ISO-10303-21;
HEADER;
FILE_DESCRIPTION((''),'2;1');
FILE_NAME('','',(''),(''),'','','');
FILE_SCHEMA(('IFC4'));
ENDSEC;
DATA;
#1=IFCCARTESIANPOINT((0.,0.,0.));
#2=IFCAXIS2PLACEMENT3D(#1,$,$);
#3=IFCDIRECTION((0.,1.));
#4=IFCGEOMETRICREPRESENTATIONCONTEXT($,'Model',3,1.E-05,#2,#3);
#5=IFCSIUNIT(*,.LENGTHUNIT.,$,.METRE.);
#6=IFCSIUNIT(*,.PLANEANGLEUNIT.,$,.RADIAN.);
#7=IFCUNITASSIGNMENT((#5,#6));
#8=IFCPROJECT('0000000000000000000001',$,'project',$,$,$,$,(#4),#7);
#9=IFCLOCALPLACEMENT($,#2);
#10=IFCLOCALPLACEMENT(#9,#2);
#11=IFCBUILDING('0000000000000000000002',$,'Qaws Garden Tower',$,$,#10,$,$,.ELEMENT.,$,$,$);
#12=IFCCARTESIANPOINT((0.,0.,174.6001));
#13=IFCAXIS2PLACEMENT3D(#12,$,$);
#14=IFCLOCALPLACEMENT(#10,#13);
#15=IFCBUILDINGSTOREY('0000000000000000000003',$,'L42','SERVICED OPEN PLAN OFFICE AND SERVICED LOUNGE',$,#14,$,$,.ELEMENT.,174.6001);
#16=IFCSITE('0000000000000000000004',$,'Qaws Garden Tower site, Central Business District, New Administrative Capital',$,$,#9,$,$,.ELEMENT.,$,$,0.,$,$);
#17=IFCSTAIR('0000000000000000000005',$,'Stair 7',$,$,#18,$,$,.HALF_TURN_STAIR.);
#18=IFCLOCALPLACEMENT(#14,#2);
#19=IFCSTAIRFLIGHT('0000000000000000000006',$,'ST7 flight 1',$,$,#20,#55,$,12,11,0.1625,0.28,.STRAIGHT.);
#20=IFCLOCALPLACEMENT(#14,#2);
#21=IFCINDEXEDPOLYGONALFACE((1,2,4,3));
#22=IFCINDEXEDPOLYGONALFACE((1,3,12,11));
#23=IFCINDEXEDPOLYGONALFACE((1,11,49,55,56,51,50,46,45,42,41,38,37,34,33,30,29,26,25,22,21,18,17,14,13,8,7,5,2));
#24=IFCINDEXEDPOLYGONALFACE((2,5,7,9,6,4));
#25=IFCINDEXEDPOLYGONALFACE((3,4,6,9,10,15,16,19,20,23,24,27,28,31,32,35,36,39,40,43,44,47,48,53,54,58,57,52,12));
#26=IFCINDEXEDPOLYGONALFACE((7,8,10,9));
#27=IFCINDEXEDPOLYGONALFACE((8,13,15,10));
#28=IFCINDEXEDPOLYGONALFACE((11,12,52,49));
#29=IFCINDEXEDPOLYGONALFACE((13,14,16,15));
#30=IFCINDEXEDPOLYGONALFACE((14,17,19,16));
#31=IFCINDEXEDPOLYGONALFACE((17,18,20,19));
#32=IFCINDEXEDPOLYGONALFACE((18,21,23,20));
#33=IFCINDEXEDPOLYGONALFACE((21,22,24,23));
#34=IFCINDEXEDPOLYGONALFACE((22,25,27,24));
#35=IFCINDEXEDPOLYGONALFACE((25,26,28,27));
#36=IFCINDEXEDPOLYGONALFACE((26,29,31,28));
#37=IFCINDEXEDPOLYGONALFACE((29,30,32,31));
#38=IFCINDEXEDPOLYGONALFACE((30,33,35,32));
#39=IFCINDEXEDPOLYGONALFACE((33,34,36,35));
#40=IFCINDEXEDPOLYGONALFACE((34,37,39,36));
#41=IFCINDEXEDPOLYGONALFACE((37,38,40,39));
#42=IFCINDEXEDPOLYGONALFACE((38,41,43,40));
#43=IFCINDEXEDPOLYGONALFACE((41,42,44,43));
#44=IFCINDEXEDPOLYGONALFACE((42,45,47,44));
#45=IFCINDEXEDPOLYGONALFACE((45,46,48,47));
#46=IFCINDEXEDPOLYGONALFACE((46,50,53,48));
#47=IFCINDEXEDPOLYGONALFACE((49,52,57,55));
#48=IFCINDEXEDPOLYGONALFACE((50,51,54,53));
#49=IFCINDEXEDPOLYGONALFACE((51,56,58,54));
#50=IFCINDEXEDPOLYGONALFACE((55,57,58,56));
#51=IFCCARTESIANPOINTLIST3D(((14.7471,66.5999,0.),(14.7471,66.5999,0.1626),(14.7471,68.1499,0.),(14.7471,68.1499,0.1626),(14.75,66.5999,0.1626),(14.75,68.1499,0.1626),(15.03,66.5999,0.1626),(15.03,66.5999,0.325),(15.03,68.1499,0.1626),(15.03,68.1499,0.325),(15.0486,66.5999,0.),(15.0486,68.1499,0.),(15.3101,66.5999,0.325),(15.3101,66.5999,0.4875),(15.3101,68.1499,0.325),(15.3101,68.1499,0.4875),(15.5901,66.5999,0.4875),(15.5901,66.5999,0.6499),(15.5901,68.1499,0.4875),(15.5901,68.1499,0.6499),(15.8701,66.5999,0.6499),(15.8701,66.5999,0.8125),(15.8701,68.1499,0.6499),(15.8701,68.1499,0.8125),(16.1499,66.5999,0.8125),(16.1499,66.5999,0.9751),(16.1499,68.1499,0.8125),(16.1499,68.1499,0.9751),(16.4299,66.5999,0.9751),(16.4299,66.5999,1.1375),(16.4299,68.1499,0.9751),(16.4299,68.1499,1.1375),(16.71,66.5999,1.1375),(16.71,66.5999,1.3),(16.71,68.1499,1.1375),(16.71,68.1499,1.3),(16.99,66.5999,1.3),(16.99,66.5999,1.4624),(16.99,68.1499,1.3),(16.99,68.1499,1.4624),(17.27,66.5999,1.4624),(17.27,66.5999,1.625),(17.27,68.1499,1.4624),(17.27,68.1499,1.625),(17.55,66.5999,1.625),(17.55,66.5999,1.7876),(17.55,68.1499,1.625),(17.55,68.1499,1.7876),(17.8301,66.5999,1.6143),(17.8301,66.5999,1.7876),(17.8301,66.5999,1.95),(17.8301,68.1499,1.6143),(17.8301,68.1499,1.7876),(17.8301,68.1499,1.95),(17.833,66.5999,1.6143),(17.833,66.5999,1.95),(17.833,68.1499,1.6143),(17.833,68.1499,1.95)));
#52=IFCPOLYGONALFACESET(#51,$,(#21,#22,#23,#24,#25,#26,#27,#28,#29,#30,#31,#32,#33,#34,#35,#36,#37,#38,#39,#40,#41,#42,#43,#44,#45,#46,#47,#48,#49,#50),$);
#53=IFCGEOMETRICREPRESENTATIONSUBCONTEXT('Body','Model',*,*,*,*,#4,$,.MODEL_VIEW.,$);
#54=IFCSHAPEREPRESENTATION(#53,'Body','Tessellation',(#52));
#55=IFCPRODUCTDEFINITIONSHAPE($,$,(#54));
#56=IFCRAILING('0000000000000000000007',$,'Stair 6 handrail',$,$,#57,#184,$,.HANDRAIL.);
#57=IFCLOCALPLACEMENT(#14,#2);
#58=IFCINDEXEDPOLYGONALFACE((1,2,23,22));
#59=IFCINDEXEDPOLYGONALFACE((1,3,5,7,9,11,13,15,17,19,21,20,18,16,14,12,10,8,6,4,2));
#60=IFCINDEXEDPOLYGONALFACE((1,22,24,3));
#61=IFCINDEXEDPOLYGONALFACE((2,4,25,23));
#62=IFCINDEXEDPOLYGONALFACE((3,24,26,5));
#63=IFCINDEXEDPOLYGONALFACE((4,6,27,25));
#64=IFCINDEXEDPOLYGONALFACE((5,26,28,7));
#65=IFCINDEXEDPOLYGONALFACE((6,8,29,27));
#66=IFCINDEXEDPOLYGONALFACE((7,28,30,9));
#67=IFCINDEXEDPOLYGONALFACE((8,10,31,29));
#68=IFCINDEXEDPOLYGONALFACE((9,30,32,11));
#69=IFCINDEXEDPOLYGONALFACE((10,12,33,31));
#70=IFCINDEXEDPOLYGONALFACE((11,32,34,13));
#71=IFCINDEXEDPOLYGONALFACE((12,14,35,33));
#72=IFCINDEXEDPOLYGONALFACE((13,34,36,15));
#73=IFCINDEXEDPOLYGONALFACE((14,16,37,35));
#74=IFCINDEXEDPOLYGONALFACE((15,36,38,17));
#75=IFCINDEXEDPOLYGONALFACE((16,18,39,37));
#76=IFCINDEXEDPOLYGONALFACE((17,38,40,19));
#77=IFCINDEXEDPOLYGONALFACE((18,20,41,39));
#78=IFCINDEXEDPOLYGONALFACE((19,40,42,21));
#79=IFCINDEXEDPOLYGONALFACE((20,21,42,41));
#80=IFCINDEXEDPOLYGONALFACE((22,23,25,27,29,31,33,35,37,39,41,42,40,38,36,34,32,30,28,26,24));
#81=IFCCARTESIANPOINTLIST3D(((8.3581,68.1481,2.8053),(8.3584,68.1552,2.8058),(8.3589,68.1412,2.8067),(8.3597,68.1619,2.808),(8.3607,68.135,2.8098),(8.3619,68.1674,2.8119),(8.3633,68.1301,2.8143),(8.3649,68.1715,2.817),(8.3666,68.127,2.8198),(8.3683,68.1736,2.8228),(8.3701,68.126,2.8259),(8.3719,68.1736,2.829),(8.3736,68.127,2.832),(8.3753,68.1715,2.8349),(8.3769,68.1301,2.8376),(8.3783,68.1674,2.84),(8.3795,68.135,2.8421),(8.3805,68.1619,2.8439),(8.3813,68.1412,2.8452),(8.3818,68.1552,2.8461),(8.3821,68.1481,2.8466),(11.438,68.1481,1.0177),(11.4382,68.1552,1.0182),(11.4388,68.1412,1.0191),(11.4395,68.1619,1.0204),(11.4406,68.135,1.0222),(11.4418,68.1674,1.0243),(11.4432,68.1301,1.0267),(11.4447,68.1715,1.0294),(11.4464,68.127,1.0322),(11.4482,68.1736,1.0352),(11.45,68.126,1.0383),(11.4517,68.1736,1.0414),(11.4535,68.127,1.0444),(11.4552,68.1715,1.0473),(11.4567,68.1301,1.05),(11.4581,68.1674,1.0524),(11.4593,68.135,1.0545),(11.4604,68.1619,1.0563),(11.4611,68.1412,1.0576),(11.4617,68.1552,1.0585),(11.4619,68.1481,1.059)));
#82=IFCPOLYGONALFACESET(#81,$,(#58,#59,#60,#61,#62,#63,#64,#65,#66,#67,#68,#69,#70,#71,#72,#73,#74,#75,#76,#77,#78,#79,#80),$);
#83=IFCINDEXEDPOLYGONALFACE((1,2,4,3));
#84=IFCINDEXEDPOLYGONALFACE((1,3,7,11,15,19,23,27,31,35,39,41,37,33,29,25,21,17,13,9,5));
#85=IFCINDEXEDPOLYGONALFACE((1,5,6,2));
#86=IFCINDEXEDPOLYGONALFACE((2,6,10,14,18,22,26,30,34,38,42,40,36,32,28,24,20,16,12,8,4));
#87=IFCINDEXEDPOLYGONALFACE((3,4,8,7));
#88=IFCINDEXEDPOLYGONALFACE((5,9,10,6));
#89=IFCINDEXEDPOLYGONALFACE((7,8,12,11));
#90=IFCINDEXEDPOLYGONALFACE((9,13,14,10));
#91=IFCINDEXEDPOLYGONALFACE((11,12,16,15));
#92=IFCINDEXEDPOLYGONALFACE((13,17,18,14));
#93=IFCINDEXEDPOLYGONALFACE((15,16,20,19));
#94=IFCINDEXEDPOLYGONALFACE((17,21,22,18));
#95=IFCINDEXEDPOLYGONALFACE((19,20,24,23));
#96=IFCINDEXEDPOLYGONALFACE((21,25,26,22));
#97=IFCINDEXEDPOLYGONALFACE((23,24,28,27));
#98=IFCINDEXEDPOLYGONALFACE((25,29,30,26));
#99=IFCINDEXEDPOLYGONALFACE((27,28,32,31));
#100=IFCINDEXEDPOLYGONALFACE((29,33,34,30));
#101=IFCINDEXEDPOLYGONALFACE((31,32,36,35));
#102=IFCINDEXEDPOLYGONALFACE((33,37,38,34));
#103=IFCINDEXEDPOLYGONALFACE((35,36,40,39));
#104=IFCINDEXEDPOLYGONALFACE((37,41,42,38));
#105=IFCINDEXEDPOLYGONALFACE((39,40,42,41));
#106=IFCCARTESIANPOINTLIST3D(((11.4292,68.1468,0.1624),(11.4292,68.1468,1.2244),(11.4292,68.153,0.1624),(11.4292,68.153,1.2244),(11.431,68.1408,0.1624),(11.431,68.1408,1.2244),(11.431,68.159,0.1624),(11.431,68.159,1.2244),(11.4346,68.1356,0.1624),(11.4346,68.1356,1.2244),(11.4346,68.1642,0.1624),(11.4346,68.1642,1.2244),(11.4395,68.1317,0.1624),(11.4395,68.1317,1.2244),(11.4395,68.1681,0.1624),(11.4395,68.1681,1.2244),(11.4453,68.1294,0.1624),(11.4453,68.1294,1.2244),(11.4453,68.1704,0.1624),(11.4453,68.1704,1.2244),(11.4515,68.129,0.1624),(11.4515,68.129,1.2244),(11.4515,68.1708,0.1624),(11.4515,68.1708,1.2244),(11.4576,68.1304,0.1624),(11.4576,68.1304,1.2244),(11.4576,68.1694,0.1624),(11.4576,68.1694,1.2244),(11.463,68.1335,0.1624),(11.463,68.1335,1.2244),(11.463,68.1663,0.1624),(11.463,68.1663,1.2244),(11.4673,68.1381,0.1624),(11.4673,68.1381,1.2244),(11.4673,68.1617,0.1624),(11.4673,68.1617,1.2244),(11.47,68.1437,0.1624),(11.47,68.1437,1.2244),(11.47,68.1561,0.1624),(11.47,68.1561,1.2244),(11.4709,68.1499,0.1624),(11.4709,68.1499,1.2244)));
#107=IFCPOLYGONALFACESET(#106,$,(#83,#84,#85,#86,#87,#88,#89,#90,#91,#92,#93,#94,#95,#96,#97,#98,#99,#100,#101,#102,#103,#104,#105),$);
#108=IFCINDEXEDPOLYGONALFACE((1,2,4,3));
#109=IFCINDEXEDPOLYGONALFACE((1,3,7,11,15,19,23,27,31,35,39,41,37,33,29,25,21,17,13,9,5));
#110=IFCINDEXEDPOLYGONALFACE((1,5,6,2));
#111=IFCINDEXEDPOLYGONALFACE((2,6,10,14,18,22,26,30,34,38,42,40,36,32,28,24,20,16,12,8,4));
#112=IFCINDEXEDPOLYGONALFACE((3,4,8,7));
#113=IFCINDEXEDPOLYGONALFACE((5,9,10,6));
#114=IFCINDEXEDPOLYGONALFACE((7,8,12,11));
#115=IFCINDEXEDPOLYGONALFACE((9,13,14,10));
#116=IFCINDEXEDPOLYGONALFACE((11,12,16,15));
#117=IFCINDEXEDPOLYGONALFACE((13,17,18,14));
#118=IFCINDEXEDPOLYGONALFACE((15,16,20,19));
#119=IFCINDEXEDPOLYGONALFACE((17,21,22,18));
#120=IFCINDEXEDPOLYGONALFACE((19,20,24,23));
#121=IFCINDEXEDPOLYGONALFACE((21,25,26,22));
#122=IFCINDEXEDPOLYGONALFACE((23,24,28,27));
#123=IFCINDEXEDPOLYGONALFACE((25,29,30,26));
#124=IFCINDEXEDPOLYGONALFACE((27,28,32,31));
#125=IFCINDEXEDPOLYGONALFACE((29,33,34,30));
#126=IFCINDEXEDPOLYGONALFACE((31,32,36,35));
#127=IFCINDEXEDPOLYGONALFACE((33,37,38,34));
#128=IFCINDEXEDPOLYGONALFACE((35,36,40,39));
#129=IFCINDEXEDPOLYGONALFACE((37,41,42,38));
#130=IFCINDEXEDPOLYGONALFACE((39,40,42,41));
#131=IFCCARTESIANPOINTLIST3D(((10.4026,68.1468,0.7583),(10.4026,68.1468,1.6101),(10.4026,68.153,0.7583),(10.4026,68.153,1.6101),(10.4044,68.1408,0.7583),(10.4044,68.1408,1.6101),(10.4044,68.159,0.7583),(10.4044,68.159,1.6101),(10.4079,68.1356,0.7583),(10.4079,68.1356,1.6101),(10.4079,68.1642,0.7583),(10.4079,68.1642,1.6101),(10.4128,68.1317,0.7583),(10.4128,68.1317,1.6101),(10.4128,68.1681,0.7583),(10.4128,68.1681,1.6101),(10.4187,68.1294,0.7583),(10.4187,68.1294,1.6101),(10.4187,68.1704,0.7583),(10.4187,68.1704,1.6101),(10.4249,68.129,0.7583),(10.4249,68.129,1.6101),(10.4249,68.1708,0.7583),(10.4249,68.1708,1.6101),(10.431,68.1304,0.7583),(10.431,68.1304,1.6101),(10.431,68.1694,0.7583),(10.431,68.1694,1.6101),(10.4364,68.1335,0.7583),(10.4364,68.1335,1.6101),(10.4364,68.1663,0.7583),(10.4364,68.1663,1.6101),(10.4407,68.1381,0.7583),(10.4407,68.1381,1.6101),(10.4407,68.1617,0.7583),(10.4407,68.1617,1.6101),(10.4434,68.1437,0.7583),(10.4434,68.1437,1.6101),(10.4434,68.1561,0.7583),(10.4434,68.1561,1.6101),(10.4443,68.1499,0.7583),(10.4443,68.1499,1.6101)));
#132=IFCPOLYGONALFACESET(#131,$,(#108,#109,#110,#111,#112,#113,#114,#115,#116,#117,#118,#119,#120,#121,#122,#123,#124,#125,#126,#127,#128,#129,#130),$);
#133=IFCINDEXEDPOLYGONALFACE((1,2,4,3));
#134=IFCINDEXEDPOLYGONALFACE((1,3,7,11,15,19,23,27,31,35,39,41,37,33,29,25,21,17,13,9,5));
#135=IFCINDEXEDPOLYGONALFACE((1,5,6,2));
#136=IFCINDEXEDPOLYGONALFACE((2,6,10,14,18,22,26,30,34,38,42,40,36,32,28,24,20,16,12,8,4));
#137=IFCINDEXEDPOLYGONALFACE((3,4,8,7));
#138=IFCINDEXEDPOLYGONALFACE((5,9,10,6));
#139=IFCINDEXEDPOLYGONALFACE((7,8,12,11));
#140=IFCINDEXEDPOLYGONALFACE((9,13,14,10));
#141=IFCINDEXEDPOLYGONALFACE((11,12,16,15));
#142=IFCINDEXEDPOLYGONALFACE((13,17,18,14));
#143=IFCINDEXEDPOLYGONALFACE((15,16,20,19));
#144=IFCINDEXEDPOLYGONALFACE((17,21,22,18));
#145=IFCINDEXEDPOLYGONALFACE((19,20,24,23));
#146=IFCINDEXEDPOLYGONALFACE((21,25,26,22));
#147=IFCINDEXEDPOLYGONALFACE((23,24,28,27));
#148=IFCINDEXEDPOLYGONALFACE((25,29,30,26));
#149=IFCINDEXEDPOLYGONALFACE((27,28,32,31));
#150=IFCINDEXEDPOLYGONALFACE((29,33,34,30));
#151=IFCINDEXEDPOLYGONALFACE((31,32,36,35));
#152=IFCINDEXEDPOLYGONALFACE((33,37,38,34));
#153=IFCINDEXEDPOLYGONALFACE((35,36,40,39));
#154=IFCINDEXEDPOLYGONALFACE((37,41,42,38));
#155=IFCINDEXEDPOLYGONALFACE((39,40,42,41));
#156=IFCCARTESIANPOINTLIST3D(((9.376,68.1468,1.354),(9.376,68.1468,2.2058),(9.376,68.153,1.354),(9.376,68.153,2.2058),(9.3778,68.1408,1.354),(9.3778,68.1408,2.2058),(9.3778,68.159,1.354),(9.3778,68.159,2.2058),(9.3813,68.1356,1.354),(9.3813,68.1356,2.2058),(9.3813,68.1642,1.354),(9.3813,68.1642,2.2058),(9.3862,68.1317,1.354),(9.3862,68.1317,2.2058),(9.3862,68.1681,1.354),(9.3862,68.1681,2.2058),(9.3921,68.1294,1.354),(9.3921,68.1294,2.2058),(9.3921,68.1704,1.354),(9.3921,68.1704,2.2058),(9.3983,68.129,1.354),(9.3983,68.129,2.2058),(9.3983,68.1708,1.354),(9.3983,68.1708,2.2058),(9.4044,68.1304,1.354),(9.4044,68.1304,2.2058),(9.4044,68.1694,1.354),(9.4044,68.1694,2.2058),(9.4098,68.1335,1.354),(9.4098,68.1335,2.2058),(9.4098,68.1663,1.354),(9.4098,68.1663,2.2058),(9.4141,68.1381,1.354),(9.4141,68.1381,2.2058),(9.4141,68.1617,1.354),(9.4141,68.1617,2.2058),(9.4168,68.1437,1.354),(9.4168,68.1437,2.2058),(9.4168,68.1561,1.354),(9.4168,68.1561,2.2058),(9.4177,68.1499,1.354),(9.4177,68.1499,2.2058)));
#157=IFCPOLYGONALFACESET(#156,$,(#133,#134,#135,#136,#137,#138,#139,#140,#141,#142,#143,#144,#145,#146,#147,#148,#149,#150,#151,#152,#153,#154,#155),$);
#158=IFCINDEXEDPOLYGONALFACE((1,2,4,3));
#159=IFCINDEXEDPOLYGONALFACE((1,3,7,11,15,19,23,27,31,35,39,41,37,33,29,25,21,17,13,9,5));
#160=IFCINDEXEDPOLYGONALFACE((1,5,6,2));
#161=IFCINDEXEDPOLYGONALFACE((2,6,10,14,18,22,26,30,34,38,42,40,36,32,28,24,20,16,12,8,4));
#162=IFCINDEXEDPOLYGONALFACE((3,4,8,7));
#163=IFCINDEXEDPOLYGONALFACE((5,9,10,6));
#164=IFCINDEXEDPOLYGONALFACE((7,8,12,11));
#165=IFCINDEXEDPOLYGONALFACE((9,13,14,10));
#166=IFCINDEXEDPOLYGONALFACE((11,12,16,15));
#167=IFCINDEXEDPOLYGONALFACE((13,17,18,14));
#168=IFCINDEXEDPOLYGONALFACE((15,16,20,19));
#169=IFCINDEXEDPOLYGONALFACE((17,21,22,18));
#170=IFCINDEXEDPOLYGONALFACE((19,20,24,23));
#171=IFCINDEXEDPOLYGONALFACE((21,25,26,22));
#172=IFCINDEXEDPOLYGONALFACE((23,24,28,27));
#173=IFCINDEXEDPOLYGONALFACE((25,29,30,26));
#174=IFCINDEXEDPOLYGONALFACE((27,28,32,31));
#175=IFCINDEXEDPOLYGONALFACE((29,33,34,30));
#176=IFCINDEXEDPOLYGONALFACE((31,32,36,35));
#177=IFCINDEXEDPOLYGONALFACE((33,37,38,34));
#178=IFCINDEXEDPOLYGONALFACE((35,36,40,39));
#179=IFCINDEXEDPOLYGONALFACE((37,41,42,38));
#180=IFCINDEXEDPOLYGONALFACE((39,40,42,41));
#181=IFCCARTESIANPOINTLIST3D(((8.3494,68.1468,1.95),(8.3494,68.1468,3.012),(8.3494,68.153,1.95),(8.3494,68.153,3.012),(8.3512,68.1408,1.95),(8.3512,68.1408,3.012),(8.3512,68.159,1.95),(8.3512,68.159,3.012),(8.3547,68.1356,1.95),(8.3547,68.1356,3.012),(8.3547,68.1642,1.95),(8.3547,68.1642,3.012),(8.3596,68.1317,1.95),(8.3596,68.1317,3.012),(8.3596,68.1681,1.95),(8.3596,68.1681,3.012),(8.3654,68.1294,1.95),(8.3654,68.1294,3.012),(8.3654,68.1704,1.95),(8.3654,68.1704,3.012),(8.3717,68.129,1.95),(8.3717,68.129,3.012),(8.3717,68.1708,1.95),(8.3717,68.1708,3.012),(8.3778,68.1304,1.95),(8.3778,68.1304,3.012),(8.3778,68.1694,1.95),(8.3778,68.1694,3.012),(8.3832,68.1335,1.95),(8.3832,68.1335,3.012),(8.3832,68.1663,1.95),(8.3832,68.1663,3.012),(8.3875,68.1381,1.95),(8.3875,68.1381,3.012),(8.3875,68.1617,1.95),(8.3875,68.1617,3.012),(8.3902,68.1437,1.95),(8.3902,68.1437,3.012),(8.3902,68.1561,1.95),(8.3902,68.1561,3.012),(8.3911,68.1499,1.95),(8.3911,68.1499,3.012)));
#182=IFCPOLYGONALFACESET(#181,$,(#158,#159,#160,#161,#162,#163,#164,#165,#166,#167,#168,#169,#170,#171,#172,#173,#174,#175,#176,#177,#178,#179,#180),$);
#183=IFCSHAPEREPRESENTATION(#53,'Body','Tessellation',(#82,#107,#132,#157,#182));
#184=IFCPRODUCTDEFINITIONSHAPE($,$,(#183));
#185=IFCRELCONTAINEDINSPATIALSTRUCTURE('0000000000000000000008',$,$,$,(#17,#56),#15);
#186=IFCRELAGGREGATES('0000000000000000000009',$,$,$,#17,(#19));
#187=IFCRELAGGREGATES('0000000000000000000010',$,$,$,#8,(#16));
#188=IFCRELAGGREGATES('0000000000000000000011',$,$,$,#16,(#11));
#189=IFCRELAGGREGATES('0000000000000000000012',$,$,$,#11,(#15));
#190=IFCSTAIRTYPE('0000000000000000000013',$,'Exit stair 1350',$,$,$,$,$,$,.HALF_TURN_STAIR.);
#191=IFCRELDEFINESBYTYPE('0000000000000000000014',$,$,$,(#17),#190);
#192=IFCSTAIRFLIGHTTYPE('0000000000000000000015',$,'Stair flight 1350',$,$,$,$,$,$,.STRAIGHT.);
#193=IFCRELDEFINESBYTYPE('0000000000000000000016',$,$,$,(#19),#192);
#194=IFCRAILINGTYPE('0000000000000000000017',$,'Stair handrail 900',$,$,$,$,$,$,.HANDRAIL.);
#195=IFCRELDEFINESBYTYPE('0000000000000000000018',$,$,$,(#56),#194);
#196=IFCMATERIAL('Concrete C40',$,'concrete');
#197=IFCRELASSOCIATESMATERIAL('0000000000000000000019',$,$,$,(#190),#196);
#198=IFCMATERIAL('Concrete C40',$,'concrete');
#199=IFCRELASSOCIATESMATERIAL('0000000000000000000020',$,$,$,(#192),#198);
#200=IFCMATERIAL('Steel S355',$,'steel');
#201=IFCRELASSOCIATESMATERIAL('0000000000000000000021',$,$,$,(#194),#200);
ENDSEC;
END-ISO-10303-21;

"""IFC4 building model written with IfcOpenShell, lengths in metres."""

from ifc_helpers import new_model, si_unit, direction, frame, origin, origin_2d, place, context, subcontext, project, spatial, polyline, circle, outline, extrude, material, type_object, element, aggregate, save


model = new_model("IFC4")

# Units and contexts
model_context = context("Model", 3, precision=1e-05, world=origin(), true_north=direction((0.0, 1.0)))
body_context = subcontext(model_context, "Body", "Model", "MODEL_VIEW")
ifc_project = project(units=[si_unit("LENGTHUNIT", "METRE"), si_unit("PLANEANGLEUNIT", "RADIAN")], contexts=[model_context])

# Site, building, storey
site_placement = place(None, origin())
site = spatial("IfcSite", under=ifc_project, at=site_placement, Name="Qaws Garden Tower site, Central Business District, New Administrative Capital", CompositionType="ELEMENT", RefElevation=0.0)
building_placement = place(site_placement, origin())
building = spatial("IfcBuilding", under=site, at=building_placement, Name="Qaws Garden Tower", CompositionType="ELEMENT")
storey_placement = place(building_placement, frame((0.0, 0.0, 174.6001)))
storey = spatial("IfcBuildingStorey", under=building, at=storey_placement, Name="L42", Description="SERVICED OPEN PLAN OFFICE AND SERVICED LOUNGE", CompositionType="ELEMENT", Elevation=174.6001)

# Shared definitions
ifc_material_1 = material(Name="Concrete C40", Category="concrete")
stair_type = type_object("IfcStairType", Name="Exit stair 1350", PredefinedType="HALF_TURN_STAIR", material=ifc_material_1)
placement = place(storey_placement, origin())
ifc_material_2 = material(Name="Concrete C40", Category="concrete")
stair_flight_type = type_object("IfcStairFlightType", Name="Stair flight 1350", PredefinedType="STRAIGHT", material=ifc_material_2)

# Stair, stair flight
stair_1 = element("IfcStair", 1, at=placement, inside=storey, type_object=stair_type, Name="Stair 7", PredefinedType="HALF_TURN_STAIR")
stair_flight_1_placement = place(storey_placement, frame((14.75, 67.375, 0.0), z_axis=(0.0, 0.0, 1.0), x_axis=(1.0, 0.0, 0.0)))
stair_flight_1 = element("IfcStairFlight", 2, at=stair_flight_1_placement, type_object=stair_flight_type, Name="ST7 flight 1", NumberOfRisers=12, NumberOfTreads=11, PredefinedType="STRAIGHT", RiserHeight=0.1625, TreadLength=0.28, context=body_context, shape_type="SweptSolid", body=[
    extrude(outline(polyline([(-0.0029, 0.0), (-0.0029, 0.1626), (0.0, 0.1626), (0.28, 0.1626), (0.28, 0.325), (0.5601, 0.325), (0.5601, 0.4875), (0.8401, 0.4875), (0.8401, 0.6499), (1.1201, 0.6499), (1.1201, 0.8125), (1.3999, 0.8125), (1.3999, 0.9751), (1.6799, 0.9751), (1.6799, 1.1375), (1.96, 1.1375), (1.96, 1.3), (2.24, 1.3), (2.24, 1.4624), (2.52, 1.4624), (2.52, 1.625), (2.8, 1.625), (2.8, 1.7876), (3.0801, 1.7876), (3.0801, 1.95), (3.083, 1.95), (3.083, 1.6143), (3.0801, 1.6143), (0.2986, 0.0), (-0.0029, 0.0)])), frame((0.0, 0.7749, 0.0), z_axis=(0.0, -1.0, 0.0), x_axis=(1.0, 0.0, 0.0)), (0.0, 0.0, 1.0), 1.55),
])
aggregate(stair_1, [stair_flight_1])

# Railing
ifc_material_3 = material(Name="Steel S355", Category="steel")
railing_type = type_object("IfcRailingType", Name="Stair handrail 900", PredefinedType="HANDRAIL", material=ifc_material_3)
railing_1_placement = place(storey_placement, frame((11.45, 68.1499, 0.1624)))
element("IfcRailing", 3, at=railing_1_placement, inside=storey, type_object=railing_type, Name="Stair 6 handrail", PredefinedType="HANDRAIL", context=body_context, shape_type="SweptSolid", body=[
    extrude(circle(Radius=0.0239, at=origin_2d()), frame((0.0, 0.0, 0.876), z_axis=(-0.864873, 0.0, 0.50199), x_axis=(0.0, -1.0, 0.0)), (0.0, 0.0, 1.0), 3.561),
    extrude(circle(Radius=0.021, at=origin_2d()), origin(), (0.0, 0.0, 1.0), 1.062),
    extrude(circle(Radius=0.021, at=origin_2d()), frame((-1.0266, 0.0, 0.5959)), (0.0, 0.0, 1.0), 0.8518),
    extrude(circle(Radius=0.021, at=origin_2d()), frame((-2.0532, 0.0, 1.1917)), (0.0, 0.0, 1.0), 0.8518),
    extrude(circle(Radius=0.021, at=origin_2d()), frame((-3.0798, 0.0, 1.7876)), (0.0, 0.0, 1.0), 1.062),
])

save(model, "model.ifc")
